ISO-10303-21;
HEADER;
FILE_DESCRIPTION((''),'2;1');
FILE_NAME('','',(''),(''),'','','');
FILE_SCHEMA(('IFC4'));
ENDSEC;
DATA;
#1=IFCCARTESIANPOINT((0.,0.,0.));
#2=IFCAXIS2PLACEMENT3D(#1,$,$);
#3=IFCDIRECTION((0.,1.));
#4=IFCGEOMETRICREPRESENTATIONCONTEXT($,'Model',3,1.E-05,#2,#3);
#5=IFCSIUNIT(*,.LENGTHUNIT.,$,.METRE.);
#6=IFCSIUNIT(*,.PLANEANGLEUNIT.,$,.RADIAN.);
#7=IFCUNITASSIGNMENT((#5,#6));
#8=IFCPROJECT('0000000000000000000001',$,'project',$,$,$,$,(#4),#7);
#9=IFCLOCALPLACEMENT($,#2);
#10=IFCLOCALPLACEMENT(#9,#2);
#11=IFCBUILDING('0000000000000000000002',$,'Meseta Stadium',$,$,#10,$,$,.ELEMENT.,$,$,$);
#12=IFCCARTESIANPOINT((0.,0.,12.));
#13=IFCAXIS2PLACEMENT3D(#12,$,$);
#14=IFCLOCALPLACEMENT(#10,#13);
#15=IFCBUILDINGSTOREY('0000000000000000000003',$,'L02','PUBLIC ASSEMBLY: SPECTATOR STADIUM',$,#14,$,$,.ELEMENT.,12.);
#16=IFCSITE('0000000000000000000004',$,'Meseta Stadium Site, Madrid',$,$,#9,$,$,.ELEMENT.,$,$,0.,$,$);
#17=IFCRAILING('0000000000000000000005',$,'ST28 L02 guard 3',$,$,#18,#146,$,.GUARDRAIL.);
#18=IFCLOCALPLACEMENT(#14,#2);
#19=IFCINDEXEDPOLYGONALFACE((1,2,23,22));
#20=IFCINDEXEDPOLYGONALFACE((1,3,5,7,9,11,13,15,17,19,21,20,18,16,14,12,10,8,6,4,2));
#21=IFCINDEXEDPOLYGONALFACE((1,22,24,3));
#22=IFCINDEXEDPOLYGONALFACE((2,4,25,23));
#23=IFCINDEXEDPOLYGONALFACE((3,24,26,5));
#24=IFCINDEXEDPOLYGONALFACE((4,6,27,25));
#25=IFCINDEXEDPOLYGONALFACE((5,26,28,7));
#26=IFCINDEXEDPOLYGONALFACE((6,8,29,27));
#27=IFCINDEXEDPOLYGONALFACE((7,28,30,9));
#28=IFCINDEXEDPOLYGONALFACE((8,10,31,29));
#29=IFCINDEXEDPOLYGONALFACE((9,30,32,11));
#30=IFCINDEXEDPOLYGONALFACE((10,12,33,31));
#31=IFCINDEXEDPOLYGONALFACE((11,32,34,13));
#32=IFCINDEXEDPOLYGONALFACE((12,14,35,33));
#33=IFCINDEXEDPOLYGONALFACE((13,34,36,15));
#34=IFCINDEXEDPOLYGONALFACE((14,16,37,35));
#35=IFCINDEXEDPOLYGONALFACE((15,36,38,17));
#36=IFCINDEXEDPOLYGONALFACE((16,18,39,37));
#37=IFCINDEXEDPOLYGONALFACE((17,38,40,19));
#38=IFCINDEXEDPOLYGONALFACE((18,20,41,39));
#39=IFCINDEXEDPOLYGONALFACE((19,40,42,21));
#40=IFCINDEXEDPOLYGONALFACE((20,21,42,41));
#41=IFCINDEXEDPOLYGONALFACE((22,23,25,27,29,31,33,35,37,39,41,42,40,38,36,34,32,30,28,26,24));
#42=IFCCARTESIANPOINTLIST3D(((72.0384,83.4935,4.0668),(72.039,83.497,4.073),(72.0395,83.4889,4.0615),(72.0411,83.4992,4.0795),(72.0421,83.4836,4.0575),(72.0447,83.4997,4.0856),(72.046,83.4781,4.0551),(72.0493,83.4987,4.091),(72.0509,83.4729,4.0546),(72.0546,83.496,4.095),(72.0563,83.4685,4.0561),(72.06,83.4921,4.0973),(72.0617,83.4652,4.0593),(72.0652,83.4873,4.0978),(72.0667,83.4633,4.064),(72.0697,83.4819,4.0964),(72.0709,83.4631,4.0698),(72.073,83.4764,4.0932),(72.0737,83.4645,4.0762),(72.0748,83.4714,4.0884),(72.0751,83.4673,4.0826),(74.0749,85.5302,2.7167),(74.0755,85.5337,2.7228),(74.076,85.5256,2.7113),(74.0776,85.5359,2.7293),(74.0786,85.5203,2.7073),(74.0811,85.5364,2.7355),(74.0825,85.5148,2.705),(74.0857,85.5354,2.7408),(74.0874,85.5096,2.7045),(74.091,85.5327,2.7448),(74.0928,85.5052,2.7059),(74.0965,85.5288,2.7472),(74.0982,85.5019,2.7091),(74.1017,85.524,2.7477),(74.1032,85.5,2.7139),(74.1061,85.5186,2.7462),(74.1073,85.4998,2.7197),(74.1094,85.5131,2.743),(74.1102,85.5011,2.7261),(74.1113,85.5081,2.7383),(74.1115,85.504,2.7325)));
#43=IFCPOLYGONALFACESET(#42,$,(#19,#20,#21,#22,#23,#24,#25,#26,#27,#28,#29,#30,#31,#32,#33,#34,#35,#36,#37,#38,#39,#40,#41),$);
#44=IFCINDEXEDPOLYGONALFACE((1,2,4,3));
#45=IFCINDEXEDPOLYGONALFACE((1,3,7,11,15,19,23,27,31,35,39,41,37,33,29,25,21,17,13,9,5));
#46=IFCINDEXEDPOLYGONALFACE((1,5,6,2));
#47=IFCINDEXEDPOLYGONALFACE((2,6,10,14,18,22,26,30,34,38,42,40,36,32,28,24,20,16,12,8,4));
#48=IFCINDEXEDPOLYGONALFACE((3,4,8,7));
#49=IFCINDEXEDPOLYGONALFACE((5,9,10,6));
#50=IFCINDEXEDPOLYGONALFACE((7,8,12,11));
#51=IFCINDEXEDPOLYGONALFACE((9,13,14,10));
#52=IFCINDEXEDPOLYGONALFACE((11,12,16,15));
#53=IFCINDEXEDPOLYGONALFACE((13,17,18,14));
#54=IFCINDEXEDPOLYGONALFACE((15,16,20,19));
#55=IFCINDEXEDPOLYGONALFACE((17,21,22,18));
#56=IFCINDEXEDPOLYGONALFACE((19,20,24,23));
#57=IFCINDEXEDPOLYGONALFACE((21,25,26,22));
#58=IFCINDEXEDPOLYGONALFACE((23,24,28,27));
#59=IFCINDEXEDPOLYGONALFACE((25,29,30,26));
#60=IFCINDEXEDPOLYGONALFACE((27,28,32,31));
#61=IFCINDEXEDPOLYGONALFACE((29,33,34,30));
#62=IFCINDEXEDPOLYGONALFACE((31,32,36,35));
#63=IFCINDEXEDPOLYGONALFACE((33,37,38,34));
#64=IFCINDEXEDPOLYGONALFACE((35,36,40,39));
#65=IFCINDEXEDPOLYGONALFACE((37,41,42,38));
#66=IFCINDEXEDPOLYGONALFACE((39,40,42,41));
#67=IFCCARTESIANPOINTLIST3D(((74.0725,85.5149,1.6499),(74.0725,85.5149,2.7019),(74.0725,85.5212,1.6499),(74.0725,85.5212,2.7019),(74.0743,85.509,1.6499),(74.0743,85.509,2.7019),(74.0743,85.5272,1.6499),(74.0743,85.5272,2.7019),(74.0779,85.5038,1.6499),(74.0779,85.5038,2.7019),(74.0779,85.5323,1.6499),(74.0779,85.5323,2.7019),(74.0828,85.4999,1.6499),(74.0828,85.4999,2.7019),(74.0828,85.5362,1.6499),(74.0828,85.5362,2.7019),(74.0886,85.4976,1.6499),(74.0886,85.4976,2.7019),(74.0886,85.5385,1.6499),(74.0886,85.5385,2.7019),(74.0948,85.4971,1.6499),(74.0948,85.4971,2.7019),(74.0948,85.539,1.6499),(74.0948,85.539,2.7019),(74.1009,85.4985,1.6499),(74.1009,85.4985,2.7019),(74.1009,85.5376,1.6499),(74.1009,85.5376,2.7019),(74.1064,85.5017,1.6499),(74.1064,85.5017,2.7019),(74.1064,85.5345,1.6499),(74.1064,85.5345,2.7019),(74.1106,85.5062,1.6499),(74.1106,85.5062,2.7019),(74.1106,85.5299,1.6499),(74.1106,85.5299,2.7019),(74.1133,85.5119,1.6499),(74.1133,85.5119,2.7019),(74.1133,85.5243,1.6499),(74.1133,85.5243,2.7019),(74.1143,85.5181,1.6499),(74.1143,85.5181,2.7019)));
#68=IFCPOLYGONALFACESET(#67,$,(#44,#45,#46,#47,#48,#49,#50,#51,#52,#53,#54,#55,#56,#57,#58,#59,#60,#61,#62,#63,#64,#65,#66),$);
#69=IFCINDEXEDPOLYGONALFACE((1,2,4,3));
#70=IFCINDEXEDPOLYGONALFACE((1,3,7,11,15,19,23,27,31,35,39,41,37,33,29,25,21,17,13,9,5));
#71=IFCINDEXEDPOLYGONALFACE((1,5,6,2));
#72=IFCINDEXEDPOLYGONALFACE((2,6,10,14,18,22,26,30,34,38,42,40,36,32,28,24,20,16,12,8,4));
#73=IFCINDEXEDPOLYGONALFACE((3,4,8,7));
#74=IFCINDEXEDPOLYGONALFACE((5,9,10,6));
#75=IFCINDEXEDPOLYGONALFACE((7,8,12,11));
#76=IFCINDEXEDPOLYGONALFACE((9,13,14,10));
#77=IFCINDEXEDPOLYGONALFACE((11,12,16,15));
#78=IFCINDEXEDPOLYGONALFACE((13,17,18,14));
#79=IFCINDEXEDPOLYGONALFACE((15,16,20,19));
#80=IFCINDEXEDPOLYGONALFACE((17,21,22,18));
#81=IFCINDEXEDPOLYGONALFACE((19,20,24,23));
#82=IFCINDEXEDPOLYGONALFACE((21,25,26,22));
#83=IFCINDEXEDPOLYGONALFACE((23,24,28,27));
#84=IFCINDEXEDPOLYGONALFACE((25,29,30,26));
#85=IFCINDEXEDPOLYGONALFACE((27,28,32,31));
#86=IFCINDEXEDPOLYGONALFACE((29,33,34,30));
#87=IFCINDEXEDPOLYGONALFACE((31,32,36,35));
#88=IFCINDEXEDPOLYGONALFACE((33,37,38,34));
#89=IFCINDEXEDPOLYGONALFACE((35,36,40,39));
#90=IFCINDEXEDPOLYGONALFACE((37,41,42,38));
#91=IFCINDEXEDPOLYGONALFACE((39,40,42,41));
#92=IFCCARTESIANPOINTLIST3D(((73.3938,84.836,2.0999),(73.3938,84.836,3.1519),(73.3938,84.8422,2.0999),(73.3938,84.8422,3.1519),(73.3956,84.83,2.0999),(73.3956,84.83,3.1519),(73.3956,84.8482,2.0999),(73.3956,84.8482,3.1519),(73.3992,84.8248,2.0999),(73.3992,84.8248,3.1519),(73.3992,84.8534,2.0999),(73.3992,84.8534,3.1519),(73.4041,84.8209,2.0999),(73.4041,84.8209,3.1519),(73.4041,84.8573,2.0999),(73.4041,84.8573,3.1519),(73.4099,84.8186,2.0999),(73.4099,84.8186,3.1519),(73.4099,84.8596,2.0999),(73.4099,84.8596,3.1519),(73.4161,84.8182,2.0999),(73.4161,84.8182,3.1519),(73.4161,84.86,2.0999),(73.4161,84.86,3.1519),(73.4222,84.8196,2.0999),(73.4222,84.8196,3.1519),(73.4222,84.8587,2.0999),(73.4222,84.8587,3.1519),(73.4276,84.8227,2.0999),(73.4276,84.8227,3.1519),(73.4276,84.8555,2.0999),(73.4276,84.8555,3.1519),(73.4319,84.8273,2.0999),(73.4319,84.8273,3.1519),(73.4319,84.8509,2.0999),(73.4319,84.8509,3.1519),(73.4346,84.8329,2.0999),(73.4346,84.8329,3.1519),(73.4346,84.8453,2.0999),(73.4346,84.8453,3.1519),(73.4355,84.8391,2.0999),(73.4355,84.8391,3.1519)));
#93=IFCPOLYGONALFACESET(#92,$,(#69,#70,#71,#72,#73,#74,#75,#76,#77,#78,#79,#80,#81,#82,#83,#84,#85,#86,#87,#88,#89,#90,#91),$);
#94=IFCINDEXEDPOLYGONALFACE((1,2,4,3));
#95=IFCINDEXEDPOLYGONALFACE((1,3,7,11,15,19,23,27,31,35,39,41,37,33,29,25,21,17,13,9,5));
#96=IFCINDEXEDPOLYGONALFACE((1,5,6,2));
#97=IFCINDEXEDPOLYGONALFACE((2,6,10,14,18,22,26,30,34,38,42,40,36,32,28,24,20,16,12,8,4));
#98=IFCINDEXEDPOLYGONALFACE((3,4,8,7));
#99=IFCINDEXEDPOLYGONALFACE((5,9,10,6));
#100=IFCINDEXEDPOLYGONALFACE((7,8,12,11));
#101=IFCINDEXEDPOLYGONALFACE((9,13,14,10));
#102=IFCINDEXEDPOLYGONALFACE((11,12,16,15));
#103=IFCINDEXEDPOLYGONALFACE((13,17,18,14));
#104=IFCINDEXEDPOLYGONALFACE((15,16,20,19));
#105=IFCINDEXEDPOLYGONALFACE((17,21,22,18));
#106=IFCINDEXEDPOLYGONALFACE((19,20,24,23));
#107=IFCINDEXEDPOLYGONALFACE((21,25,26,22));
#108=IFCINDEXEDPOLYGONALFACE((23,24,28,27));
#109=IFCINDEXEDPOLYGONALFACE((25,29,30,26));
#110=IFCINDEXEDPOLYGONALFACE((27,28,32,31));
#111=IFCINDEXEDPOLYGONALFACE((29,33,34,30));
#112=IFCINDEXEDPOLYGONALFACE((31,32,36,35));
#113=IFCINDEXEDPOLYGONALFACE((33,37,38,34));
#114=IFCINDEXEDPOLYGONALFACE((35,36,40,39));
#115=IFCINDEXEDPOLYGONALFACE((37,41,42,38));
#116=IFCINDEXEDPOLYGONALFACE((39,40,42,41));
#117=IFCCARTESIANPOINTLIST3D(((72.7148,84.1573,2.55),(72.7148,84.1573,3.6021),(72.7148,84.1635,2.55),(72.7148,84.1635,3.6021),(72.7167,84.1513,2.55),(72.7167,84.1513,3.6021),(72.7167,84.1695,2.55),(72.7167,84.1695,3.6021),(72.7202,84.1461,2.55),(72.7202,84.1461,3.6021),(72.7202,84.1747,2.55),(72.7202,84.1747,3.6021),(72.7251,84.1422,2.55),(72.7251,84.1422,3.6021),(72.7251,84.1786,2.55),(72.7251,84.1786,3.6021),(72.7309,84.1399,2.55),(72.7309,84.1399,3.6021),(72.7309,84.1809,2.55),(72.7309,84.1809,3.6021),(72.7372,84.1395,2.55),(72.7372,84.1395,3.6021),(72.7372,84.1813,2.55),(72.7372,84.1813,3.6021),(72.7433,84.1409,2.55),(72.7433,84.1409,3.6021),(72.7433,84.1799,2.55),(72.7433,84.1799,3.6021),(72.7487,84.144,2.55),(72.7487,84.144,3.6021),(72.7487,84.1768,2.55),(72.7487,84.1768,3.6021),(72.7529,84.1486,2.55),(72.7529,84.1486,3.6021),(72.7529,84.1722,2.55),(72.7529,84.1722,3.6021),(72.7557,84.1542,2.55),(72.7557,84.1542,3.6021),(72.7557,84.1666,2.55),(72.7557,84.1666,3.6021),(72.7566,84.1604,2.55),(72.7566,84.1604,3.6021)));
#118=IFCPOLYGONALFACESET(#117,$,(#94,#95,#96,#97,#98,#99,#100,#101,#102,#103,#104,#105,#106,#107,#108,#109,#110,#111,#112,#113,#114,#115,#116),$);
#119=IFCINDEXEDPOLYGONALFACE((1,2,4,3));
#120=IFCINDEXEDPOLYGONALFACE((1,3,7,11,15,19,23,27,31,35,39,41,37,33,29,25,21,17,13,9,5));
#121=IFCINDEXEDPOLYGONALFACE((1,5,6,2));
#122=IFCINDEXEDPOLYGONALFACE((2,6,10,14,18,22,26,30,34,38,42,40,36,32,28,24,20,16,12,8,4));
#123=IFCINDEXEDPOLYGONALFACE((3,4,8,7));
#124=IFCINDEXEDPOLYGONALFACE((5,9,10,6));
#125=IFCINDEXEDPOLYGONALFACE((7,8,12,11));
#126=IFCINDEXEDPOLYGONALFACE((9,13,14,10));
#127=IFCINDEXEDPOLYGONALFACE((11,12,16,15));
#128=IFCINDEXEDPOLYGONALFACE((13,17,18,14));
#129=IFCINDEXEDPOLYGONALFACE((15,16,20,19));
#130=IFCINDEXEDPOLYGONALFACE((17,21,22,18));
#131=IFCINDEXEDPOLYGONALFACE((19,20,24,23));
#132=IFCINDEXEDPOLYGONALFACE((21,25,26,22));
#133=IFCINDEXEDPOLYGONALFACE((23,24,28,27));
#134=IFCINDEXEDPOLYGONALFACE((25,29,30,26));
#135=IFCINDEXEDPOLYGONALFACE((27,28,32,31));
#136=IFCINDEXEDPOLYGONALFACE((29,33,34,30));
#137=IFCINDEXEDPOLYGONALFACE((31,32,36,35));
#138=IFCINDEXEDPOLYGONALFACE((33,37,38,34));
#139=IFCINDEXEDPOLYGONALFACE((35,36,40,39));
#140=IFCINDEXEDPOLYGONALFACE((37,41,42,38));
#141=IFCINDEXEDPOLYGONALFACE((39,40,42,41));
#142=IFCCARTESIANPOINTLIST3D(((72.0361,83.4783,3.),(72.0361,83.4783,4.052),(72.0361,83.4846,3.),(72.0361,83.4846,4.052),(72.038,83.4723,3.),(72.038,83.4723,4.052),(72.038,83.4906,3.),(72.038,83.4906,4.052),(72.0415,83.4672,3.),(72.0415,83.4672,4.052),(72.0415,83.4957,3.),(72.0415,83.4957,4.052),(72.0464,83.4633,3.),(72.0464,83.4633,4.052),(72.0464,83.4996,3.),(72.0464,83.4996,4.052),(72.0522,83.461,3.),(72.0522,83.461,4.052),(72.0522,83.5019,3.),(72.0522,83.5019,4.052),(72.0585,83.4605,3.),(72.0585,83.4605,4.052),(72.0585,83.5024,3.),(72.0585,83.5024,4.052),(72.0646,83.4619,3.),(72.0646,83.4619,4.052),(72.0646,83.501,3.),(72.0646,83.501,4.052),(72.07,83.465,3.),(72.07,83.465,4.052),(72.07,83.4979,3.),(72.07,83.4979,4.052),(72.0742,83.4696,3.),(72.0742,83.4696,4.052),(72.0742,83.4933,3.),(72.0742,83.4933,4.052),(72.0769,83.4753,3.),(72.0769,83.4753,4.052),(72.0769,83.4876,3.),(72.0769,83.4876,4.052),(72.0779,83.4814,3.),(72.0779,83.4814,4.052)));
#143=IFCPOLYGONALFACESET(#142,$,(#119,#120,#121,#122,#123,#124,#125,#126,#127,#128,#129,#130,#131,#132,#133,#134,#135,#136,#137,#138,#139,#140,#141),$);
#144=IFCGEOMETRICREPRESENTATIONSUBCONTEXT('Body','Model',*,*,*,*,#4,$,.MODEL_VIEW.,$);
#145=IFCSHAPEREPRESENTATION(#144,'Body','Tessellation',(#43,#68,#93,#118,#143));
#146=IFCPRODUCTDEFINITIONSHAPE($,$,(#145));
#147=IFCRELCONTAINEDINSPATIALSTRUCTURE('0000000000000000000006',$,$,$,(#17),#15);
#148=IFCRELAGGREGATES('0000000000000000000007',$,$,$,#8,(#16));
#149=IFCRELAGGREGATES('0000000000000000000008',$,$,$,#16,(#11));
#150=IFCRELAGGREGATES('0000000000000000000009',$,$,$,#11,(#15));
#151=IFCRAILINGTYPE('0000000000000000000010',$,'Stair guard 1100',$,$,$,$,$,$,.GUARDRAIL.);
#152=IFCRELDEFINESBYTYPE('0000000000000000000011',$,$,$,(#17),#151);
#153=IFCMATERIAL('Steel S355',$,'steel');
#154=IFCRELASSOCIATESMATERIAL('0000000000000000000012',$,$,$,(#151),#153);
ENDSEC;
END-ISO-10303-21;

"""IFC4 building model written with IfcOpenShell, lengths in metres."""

from ifc_helpers import new_model, si_unit, direction, frame, origin, origin_2d, place, context, subcontext, project, spatial, circle, extrude, material, type_object, element, save


model = new_model("IFC4")

# Units and contexts
model_context = context("Model", 3, precision=1e-05, world=origin(), true_north=direction((0.0, 1.0)))
body_context = subcontext(model_context, "Body", "Model", "MODEL_VIEW")
ifc_project = project(units=[si_unit("LENGTHUNIT", "METRE"), si_unit("PLANEANGLEUNIT", "RADIAN")], contexts=[model_context])

# Site, building, storey
site_placement = place(None, origin())
site = spatial("IfcSite", under=ifc_project, at=site_placement, Name="Meseta Stadium Site, Madrid", CompositionType="ELEMENT", RefElevation=0.0)
building_placement = place(site_placement, origin())
building = spatial("IfcBuilding", under=site, at=building_placement, Name="Meseta Stadium", CompositionType="ELEMENT")
storey_placement = place(building_placement, frame((0.0, 0.0, 12.0)))
storey = spatial("IfcBuildingStorey", under=building, at=storey_placement, Name="L02", Description="PUBLIC ASSEMBLY: SPECTATOR STADIUM", CompositionType="ELEMENT", Elevation=12.0)

# Railing
ifc_material_1 = material(Name="Steel S355", Category="steel")
railing_type_1 = type_object("IfcRailingType", Name="Stair guard 1100", PredefinedType="GUARDRAIL", material=ifc_material_1)
railing_1_placement = place(storey_placement, frame((74.0933, 85.5181, 1.6499)))
element("IfcRailing", 1, at=railing_1_placement, inside=storey, type_object=railing_type_1, Name="ST28 L02 guard 3", PredefinedType="GUARDRAIL", context=body_context, shape_type="SweptSolid", body=[
    extrude(circle(Radius=0.0239, at=origin_2d()), frame((0.0, 0.0, 1.0762), z_axis=(-0.640211, -0.640288, 0.424454), x_axis=(0.707149, -0.707064, 0.0)), (0.0, 0.0, 1.0), 3.1809),
    extrude(circle(Radius=0.021, at=origin_2d()), origin(), (0.0, 0.0, 1.0), 1.052),
    extrude(circle(Radius=0.021, at=origin_2d()), frame((-0.6787, -0.679, 0.45)), (0.0, 0.0, 1.0), 1.052),
    extrude(circle(Radius=0.021, at=origin_2d()), frame((-1.3577, -1.3577, 0.9001)), (0.0, 0.0, 1.0), 1.052),
    extrude(circle(Radius=0.021, at=origin_2d()), frame((-2.0364, -2.0366, 1.3501)), (0.0, 0.0, 1.0), 1.052),
])

save(model, "model.ifc")
